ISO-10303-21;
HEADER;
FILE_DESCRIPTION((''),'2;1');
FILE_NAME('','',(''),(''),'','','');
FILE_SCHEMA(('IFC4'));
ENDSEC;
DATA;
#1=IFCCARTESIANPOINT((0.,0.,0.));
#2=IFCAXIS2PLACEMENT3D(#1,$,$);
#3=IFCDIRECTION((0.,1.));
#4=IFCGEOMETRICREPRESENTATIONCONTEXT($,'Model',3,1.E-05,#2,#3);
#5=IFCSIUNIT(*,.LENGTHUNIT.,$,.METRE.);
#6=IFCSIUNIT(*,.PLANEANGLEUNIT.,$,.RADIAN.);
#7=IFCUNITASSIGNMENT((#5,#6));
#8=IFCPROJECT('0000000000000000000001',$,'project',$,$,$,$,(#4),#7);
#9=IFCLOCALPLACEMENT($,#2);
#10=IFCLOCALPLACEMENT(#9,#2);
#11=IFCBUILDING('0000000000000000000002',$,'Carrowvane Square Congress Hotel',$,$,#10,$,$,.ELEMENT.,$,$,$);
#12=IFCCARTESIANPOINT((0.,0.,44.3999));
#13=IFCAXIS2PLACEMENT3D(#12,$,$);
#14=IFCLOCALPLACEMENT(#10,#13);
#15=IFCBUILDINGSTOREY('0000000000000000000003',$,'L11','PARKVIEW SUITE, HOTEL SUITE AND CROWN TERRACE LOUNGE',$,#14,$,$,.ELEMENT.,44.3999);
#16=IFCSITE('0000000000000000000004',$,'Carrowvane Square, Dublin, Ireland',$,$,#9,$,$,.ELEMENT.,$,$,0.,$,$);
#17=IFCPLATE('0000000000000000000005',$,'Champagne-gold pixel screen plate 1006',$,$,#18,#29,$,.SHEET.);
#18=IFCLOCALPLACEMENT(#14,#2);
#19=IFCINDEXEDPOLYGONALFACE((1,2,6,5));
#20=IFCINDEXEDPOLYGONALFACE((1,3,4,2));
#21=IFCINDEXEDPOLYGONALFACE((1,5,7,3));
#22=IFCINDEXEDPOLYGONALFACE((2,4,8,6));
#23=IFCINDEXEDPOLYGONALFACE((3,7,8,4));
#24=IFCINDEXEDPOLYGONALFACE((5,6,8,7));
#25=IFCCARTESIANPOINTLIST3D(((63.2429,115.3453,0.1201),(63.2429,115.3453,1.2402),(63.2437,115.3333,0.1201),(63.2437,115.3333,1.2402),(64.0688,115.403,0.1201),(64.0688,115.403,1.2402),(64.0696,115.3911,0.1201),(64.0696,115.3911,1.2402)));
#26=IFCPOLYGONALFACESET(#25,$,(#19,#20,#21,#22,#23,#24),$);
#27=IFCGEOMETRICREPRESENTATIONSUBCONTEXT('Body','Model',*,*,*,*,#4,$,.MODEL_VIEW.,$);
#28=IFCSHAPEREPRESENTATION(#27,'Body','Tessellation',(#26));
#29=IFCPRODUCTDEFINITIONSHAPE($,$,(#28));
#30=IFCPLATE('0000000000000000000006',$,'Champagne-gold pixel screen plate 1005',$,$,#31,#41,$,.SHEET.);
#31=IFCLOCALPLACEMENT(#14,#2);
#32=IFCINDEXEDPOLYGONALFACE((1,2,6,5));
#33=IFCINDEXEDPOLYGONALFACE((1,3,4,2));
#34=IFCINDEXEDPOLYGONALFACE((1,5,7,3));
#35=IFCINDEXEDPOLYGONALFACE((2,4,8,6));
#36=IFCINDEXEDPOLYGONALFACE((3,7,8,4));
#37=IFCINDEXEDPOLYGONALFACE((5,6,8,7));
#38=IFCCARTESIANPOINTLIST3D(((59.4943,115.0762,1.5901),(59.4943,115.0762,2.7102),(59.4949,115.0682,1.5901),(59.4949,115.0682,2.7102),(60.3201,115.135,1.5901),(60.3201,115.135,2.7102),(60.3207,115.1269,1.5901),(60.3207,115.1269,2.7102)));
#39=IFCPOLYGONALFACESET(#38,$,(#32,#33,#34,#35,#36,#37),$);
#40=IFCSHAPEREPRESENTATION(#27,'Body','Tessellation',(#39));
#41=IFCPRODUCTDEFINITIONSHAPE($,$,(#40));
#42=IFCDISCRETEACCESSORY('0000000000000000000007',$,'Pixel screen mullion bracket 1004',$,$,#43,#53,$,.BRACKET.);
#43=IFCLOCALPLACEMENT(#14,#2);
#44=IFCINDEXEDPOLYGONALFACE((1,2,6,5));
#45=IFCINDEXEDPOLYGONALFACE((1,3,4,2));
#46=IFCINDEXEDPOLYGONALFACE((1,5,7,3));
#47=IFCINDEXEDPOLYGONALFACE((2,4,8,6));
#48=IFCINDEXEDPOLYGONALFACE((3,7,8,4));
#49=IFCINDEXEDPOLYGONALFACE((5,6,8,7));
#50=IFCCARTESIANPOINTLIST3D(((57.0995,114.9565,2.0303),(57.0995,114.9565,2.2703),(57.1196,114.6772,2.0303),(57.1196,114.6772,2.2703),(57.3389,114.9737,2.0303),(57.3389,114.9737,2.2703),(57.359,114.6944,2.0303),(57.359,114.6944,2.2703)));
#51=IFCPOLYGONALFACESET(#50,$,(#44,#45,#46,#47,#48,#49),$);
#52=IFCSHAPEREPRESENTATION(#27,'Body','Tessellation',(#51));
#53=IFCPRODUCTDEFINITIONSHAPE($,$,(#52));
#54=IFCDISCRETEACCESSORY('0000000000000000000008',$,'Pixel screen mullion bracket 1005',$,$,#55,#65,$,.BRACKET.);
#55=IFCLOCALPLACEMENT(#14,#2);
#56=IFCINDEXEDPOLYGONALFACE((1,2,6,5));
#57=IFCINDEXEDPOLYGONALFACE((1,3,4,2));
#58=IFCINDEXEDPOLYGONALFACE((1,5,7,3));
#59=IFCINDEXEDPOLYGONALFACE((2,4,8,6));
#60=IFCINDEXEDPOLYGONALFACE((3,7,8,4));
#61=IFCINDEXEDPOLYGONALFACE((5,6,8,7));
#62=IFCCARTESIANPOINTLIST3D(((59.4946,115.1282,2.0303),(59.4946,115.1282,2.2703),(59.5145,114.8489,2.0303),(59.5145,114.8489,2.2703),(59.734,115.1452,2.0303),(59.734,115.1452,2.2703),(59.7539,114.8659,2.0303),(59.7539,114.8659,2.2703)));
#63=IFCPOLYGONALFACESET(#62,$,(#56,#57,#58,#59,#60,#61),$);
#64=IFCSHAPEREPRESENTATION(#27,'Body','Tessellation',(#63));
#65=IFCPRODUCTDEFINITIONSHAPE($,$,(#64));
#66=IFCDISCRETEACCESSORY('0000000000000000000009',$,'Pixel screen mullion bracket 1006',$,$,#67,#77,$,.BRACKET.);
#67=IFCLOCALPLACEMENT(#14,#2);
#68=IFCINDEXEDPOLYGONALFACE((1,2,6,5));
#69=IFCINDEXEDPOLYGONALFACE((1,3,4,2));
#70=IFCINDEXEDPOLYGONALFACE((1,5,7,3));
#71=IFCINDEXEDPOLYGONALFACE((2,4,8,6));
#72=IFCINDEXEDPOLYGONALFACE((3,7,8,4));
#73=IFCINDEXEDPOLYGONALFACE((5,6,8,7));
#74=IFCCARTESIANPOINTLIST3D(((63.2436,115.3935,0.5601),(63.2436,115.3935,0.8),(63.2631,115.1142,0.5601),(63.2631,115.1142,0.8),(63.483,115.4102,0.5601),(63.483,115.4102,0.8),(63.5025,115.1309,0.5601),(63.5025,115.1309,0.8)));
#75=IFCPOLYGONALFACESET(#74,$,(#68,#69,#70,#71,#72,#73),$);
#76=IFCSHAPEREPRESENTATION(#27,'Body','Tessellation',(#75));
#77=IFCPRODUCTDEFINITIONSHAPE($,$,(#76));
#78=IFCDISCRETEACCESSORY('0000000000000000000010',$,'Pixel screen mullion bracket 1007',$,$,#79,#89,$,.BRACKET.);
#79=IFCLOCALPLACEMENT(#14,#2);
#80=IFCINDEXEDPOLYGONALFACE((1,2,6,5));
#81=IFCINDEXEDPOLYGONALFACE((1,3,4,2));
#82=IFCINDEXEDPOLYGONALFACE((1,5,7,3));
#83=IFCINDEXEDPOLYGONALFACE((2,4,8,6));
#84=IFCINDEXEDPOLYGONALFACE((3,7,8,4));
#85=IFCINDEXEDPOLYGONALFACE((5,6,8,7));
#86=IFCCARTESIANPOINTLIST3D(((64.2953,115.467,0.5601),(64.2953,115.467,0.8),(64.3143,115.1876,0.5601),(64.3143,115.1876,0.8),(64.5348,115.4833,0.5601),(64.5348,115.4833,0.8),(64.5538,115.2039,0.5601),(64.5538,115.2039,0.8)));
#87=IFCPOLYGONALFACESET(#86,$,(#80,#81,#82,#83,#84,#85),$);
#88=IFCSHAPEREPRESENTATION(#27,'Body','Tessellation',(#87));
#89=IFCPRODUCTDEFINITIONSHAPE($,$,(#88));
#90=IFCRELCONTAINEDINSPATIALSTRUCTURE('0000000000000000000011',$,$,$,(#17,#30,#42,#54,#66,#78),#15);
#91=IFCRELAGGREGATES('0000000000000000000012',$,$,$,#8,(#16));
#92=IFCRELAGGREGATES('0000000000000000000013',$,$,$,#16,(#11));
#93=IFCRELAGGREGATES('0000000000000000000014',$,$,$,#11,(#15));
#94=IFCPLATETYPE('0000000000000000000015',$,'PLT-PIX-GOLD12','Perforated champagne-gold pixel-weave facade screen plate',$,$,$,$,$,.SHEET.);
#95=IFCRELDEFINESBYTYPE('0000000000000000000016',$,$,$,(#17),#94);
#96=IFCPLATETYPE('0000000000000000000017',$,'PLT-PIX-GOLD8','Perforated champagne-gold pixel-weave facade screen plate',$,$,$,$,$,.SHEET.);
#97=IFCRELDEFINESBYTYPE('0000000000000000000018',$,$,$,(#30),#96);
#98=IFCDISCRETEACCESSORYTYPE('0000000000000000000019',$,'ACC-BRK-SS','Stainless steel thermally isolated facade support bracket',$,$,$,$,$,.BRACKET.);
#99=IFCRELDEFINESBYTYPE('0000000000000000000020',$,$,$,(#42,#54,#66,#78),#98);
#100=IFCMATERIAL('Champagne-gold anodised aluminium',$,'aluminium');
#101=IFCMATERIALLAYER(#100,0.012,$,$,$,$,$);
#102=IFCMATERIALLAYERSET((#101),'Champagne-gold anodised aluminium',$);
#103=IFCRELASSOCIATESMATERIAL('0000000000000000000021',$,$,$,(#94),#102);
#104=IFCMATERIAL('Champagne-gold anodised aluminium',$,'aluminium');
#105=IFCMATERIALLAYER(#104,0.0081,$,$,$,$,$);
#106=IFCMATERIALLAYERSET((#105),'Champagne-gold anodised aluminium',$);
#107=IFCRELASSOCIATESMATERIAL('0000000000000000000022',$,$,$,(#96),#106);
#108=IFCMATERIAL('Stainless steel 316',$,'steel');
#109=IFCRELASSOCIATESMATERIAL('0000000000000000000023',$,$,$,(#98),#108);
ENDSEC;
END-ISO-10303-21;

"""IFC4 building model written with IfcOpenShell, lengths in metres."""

from ifc_helpers import new_model, si_unit, direction, frame, origin, origin_2d, place, context, subcontext, project, spatial, rectangle, extrude, material, layer, layer_set, type_object, element, save


model = new_model("IFC4")

# Units and contexts
model_context = context("Model", 3, precision=1e-05, world=origin(), true_north=direction((0.0, 1.0)))
body_context = subcontext(model_context, "Body", "Model", "MODEL_VIEW")
ifc_project = project(units=[si_unit("LENGTHUNIT", "METRE"), si_unit("PLANEANGLEUNIT", "RADIAN")], contexts=[model_context])

# Site, building, storey
site_placement = place(None, origin())
site = spatial("IfcSite", under=ifc_project, at=site_placement, Name="Carrowvane Square, Dublin, Ireland", CompositionType="ELEMENT", RefElevation=0.0)
building_placement = place(site_placement, origin())
building = spatial("IfcBuilding", under=site, at=building_placement, Name="Carrowvane Square Congress Hotel", CompositionType="ELEMENT")
storey_placement = place(building_placement, frame((0.0, 0.0, 44.3999)))
storey = spatial("IfcBuildingStorey", under=building, at=storey_placement, Name="L11", Description="PARKVIEW SUITE, HOTEL SUITE AND CROWN TERRACE LOUNGE", CompositionType="ELEMENT", Elevation=44.3999)

# Plates
ifc_material_1 = material(Name="Champagne-gold anodised aluminium", Category="aluminium")
ifc_layer_1 = layer(ifc_material_1, 0.012)
ifc_layer_set_1 = layer_set([ifc_layer_1], Name="Champagne-gold anodised aluminium")
plate_type_1 = type_object("IfcPlateType", Name="PLT-PIX-GOLD12", Description="Perforated champagne-gold pixel-weave facade screen plate", PredefinedType="SHEET", material=ifc_layer_set_1)
for number, where, z_axis, x_axis, name in (
    (1, (63.6562, 115.3682, 0.1201), (0.0, 0.0, 1.0), (0.997566, 0.069725, 0.0), "Champagne-gold pixel screen plate 1006"),
):
    element("IfcPlate", number, at=place(storey_placement, frame(where, z_axis=z_axis, x_axis=x_axis)), inside=storey, type_object=plate_type_1, Name=name, PredefinedType="SHEET", context=body_context, shape_type="SweptSolid", body=[
        extrude(rectangle(XDim=0.8279, YDim=0.012, at=origin_2d()), origin(), (0.0, 0.0, 1.0), 1.1201),
    ])
ifc_material_2 = material(Name="Champagne-gold anodised aluminium", Category="aluminium")
ifc_layer_2 = layer(ifc_material_2, 0.0081)
ifc_layer_set_2 = layer_set([ifc_layer_2], Name="Champagne-gold anodised aluminium")
plate_type_2 = type_object("IfcPlateType", Name="PLT-PIX-GOLD8", Description="Perforated champagne-gold pixel-weave facade screen plate", PredefinedType="SHEET", material=ifc_layer_set_2)
plate_1_placement = place(storey_placement, frame((59.9075, 115.1016, 1.5901), z_axis=(0.0, 0.0, 1.0), x_axis=(0.997479, 0.070957, 0.0)))
element("IfcPlate", 2, at=plate_1_placement, inside=storey, type_object=plate_type_2, Name="Champagne-gold pixel screen plate 1005", PredefinedType="SHEET", context=body_context, shape_type="SweptSolid", body=[
    extrude(rectangle(XDim=0.8279, YDim=0.0081, at=origin_2d()), origin(), (0.0, 0.0, 1.0), 1.1201),
])

# Discrete accessories
ifc_material_3 = material(Name="Stainless steel 316", Category="steel")
discrete_accessory_type = type_object("IfcDiscreteAccessoryType", Name="ACC-BRK-SS", Description="Stainless steel thermally isolated facade support bracket", PredefinedType="BRACKET", material=ifc_material_3)
for number, where, z_axis, x_axis, name in (
    (3, (57.2292, 114.8254, 2.0303), (0.0, 0.0, 1.0), (0.997438, 0.071533, 0.0), "Pixel screen mullion bracket 1004"),
    (4, (59.6243, 114.9971, 2.0303), (0.0, 0.0, 1.0), (0.997479, 0.070957, 0.0), "Pixel screen mullion bracket 1005"),
    (5, (63.373, 115.2622, 0.5601), (0.0, 0.0, 1.0), (0.997566, 0.069725, 0.0), "Pixel screen mullion bracket 1006"),
    (6, (64.4246, 115.3354, 0.5601), (0.0, 0.0, 1.0), (0.997694, 0.067866, 0.0), "Pixel screen mullion bracket 1007"),
):
    element("IfcDiscreteAccessory", number, at=place(storey_placement, frame(where, z_axis=z_axis, x_axis=x_axis)), inside=storey, type_object=discrete_accessory_type, Name=name, PredefinedType="BRACKET", context=body_context, shape_type="SweptSolid", body=[
        extrude(rectangle(XDim=0.24, YDim=0.28, at=origin_2d()), origin(), (0.0, 0.0, 1.0), 0.24),
    ])

save(model, "model.ifc")
